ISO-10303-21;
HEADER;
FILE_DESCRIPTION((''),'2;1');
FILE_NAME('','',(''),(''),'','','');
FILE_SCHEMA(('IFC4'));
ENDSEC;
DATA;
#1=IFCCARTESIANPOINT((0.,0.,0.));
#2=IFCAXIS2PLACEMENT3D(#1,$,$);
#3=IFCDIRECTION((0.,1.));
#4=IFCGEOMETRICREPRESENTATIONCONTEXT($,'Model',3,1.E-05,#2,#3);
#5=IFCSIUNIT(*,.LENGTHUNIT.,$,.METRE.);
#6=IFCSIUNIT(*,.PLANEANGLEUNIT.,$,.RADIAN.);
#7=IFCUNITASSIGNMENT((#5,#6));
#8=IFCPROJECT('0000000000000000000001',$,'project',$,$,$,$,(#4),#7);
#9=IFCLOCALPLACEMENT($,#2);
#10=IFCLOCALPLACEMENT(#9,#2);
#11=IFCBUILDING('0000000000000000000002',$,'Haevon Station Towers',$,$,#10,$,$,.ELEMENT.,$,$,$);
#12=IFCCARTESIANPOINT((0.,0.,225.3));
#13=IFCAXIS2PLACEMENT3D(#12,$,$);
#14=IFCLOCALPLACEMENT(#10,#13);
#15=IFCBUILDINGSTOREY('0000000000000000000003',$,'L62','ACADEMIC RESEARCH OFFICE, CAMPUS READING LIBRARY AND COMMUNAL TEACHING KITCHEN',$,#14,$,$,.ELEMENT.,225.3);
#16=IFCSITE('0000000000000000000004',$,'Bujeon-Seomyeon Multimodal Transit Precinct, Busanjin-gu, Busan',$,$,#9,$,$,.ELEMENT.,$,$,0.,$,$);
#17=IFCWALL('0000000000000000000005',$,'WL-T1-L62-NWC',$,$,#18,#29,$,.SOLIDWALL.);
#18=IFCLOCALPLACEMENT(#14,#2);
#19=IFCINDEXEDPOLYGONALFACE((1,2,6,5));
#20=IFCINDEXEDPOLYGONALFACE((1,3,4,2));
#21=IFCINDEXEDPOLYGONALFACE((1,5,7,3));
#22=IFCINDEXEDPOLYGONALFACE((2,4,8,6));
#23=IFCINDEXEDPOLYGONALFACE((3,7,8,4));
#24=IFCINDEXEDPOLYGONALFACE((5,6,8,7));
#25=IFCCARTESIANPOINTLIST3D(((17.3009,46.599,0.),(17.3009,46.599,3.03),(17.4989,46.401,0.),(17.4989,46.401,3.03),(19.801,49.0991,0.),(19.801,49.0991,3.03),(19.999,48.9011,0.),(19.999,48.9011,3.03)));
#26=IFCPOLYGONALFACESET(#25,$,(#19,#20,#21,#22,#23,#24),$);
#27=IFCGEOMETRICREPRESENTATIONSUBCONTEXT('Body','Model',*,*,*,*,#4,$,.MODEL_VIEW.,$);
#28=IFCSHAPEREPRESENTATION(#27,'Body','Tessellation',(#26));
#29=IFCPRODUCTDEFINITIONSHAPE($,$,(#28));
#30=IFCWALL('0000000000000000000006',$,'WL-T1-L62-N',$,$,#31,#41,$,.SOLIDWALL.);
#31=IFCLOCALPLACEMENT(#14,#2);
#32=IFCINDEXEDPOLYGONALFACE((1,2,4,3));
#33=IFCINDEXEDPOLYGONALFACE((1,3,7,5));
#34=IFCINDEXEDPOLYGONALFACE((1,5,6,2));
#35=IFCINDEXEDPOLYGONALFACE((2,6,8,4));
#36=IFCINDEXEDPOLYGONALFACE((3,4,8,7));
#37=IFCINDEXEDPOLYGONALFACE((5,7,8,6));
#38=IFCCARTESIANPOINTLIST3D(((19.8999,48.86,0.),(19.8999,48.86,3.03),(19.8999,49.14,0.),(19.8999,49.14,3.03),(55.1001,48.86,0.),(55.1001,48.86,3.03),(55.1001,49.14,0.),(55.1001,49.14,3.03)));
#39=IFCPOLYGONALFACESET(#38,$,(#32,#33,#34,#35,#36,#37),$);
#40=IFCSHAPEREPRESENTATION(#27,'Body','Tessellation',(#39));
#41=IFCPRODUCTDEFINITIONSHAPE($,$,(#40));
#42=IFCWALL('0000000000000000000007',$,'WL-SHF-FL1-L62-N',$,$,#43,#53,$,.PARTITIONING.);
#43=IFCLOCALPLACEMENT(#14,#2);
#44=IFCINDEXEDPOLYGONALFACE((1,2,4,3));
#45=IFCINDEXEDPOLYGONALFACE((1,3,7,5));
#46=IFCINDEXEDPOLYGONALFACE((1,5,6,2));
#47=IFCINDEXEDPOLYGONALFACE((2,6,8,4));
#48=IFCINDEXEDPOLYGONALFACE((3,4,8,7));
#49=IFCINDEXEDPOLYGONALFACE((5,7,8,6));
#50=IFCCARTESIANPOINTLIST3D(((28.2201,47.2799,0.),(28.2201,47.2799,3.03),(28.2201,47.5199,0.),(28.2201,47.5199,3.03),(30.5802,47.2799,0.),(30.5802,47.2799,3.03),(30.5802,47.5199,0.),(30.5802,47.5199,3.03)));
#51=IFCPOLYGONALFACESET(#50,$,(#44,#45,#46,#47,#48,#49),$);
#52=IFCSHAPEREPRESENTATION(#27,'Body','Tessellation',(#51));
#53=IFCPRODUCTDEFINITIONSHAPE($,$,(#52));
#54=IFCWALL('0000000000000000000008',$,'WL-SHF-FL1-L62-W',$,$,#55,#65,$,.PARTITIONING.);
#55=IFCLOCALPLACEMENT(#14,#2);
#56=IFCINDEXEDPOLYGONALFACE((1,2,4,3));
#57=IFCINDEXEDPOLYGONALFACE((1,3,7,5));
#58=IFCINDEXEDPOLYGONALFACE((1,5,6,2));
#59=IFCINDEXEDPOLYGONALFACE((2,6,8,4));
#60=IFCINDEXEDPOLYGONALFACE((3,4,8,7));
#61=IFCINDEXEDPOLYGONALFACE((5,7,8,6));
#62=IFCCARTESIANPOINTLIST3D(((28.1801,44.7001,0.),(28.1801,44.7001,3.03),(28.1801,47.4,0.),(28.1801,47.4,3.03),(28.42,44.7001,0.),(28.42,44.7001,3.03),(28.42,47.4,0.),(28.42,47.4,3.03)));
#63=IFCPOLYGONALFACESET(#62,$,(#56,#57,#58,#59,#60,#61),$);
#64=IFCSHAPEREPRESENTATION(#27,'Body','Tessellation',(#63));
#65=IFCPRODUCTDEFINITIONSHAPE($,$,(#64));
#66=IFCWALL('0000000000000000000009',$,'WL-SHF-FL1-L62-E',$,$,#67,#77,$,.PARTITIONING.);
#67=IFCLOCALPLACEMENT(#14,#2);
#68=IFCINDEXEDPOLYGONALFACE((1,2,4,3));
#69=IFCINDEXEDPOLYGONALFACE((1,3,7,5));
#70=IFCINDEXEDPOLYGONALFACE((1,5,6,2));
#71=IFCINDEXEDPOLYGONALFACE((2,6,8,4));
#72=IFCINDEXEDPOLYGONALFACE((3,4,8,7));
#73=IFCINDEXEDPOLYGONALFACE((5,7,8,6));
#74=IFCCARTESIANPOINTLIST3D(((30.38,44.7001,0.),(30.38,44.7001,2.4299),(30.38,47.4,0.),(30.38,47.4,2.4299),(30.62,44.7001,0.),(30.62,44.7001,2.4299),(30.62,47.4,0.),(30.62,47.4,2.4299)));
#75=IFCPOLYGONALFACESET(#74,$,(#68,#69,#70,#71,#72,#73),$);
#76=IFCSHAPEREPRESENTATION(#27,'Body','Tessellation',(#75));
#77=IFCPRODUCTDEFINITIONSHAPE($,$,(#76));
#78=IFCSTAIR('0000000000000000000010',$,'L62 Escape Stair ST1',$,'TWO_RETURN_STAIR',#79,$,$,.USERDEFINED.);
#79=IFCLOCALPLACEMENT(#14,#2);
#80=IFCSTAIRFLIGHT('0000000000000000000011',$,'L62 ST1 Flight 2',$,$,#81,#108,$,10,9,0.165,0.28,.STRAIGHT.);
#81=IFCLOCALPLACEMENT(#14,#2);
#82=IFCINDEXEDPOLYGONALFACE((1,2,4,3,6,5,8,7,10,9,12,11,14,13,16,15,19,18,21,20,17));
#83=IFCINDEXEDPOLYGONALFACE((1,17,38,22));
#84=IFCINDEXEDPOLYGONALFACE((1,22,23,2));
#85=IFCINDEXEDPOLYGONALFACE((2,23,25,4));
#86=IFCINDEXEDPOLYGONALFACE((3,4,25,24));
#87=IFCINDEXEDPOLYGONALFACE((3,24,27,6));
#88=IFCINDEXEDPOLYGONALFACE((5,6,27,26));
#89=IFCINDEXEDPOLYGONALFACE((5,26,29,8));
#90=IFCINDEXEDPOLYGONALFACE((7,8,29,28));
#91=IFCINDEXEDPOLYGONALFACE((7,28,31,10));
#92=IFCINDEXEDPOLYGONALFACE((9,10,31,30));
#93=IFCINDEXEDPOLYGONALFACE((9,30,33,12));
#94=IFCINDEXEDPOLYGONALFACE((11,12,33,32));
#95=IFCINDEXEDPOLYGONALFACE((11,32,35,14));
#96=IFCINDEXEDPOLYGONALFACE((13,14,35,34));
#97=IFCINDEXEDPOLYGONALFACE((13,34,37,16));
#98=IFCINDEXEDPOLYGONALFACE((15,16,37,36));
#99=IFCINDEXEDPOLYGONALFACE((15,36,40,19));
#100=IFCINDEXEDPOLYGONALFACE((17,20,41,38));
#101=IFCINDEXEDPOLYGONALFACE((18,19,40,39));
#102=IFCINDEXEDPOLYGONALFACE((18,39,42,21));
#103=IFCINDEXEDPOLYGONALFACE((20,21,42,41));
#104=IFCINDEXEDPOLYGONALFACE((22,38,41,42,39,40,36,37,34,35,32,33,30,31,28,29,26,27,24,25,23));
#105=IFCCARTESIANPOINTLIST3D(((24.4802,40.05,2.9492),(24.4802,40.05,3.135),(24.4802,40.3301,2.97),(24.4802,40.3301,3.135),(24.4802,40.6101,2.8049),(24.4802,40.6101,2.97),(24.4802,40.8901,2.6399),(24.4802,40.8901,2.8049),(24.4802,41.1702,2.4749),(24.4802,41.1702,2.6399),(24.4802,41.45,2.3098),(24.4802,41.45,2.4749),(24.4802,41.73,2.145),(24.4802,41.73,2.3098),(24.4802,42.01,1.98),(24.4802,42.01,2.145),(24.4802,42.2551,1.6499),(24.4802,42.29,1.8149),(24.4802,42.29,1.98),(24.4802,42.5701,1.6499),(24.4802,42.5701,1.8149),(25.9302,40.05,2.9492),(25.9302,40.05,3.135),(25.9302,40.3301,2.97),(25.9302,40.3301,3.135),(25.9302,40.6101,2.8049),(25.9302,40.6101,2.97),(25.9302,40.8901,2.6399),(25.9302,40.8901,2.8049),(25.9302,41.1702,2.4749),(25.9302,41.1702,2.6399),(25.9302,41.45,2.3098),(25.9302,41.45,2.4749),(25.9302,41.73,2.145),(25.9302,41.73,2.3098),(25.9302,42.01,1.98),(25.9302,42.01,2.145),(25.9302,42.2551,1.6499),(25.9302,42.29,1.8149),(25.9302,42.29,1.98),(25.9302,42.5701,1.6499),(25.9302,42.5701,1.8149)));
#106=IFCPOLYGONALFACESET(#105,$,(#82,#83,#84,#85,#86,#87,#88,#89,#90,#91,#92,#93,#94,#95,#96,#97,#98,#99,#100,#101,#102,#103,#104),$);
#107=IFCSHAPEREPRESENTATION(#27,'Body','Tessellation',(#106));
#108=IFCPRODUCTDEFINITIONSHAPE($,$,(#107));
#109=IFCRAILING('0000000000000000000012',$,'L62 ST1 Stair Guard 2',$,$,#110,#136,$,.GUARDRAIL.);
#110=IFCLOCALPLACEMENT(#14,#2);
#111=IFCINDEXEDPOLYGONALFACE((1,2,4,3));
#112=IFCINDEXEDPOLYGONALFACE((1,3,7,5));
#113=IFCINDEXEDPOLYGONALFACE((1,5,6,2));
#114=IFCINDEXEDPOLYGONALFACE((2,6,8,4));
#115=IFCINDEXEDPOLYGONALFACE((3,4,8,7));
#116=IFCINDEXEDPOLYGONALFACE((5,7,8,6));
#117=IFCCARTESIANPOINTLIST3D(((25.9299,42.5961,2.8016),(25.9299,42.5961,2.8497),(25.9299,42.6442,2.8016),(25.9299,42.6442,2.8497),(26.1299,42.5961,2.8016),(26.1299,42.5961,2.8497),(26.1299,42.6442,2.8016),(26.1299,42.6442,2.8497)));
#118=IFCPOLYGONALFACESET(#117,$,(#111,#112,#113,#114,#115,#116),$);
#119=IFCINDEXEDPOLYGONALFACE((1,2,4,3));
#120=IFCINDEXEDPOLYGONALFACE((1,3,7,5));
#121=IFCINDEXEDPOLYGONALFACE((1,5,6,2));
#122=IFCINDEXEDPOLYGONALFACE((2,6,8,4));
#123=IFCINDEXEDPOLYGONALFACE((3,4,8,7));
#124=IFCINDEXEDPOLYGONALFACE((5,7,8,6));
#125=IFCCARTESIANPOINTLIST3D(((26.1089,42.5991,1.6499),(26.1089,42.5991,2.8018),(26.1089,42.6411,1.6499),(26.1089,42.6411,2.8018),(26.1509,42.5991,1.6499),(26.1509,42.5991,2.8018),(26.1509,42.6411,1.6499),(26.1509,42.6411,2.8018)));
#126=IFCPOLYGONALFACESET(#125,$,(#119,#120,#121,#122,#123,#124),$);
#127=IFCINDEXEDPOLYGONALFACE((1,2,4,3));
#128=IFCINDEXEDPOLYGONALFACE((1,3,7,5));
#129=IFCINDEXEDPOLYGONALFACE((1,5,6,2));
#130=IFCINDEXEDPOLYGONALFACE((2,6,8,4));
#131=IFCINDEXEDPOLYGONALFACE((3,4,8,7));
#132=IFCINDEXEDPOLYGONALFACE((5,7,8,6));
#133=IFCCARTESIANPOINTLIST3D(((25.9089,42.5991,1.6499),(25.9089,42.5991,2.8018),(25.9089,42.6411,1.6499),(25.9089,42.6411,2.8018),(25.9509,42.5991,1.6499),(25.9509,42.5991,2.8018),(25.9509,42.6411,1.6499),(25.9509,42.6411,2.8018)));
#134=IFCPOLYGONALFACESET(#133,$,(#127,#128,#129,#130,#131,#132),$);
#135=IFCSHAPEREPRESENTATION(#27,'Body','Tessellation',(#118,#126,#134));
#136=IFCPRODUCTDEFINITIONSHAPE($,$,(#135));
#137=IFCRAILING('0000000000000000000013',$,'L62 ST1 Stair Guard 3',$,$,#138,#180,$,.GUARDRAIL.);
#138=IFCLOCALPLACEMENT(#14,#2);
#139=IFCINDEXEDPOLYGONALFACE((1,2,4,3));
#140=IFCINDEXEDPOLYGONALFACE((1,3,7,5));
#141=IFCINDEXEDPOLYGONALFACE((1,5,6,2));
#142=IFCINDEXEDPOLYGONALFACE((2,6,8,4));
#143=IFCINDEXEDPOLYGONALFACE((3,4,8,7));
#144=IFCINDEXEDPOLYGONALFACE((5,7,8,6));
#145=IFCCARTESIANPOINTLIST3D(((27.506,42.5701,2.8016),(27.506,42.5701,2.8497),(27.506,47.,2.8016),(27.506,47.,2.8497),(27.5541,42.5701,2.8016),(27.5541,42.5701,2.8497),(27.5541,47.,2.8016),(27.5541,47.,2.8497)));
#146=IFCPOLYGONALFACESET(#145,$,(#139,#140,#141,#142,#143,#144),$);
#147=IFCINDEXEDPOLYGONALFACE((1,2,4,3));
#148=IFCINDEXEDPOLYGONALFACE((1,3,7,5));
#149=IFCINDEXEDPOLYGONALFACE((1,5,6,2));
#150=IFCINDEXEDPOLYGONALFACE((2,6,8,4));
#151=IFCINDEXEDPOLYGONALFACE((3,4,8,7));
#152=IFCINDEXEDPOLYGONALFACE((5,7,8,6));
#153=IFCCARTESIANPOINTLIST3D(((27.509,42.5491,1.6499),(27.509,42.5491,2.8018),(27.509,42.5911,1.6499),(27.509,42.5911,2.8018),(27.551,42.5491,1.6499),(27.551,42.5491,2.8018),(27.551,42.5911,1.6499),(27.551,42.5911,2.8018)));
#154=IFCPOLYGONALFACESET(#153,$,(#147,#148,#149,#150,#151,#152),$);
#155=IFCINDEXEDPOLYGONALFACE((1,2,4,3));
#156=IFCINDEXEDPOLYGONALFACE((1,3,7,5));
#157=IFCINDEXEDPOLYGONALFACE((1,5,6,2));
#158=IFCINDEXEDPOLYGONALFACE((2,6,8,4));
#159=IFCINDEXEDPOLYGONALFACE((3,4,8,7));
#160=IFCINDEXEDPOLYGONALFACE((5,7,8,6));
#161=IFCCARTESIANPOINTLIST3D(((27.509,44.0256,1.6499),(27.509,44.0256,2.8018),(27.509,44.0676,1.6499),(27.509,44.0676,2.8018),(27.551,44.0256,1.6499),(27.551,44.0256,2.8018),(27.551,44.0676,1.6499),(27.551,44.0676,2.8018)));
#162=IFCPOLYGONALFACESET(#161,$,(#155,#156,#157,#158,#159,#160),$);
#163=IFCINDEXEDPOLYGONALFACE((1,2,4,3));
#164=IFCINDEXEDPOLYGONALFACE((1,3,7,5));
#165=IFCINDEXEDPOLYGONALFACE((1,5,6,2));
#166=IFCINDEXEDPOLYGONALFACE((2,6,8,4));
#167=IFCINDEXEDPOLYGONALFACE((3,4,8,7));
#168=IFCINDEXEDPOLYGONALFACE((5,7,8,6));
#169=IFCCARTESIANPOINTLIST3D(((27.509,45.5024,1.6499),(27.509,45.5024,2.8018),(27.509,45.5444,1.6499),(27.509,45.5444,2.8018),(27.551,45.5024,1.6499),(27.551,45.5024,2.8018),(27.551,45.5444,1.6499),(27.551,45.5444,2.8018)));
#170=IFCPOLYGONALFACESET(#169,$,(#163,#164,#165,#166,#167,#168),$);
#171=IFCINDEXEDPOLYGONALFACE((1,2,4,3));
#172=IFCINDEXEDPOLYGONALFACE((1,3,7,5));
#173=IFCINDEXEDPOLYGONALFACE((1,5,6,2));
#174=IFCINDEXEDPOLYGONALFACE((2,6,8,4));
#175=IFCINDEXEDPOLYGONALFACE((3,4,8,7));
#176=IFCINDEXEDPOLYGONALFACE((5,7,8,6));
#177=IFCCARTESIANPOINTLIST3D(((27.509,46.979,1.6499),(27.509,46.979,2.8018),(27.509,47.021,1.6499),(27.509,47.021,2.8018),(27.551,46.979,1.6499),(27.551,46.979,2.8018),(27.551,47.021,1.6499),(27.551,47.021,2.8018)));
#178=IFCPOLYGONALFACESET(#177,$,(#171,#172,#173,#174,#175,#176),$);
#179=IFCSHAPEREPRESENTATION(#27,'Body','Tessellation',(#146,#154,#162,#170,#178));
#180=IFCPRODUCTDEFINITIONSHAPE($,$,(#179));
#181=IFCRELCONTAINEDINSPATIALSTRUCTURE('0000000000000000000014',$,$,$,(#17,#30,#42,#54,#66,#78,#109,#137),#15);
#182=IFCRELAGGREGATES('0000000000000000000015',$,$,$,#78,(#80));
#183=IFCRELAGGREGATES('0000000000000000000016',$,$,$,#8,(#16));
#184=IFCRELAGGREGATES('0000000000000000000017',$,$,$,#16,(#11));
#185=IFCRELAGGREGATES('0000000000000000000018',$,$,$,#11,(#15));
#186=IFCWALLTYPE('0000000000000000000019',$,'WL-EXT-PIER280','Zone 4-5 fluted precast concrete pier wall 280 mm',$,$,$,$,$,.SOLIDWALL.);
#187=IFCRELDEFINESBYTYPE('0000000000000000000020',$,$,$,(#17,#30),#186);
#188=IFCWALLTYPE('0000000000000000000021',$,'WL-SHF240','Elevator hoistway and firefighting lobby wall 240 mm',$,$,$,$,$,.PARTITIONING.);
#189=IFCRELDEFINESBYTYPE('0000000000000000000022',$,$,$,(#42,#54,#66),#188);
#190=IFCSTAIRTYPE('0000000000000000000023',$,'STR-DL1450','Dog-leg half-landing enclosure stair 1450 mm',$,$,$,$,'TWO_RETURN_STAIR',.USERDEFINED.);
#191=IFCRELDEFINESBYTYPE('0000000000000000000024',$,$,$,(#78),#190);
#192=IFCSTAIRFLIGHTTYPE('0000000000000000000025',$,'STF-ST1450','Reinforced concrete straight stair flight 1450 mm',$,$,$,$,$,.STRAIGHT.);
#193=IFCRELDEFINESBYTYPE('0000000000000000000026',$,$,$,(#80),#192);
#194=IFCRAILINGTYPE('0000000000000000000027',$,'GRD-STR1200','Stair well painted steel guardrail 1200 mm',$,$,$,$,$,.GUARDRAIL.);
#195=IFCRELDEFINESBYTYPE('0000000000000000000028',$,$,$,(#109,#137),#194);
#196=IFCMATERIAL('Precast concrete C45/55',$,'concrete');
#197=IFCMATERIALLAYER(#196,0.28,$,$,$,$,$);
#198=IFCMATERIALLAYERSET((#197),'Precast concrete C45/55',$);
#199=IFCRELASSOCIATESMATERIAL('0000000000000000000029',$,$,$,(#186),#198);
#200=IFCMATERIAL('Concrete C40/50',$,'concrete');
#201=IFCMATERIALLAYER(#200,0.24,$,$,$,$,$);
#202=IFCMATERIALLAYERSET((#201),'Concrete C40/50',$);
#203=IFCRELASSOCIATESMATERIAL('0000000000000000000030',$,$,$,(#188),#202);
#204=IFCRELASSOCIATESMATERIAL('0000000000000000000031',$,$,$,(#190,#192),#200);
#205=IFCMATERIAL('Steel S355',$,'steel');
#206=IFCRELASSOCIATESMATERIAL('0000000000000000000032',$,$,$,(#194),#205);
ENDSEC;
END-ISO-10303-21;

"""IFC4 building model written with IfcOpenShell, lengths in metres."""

from ifc_helpers import new_model, si_unit, direction, frame, frame_2d, origin, origin_2d, place, context, subcontext, project, spatial, polyline, rectangle, outline, extrude, material, layer, layer_set, type_object, element, aggregate, save


model = new_model("IFC4")

# Units and contexts
model_context = context("Model", 3, precision=1e-05, world=origin(), true_north=direction((0.0, 1.0)))
body_context = subcontext(model_context, "Body", "Model", "MODEL_VIEW")
ifc_project = project(units=[si_unit("LENGTHUNIT", "METRE"), si_unit("PLANEANGLEUNIT", "RADIAN")], contexts=[model_context])

# Site, building, storey
site_placement = place(None, origin())
site = spatial("IfcSite", under=ifc_project, at=site_placement, Name="Bujeon-Seomyeon Multimodal Transit Precinct, Busanjin-gu, Busan", CompositionType="ELEMENT", RefElevation=0.0)
building_placement = place(site_placement, origin())
building = spatial("IfcBuilding", under=site, at=building_placement, Name="Haevon Station Towers", CompositionType="ELEMENT")
storey_placement = place(building_placement, frame((0.0, 0.0, 225.3)))
storey = spatial("IfcBuildingStorey", under=building, at=storey_placement, Name="L62", Description="ACADEMIC RESEARCH OFFICE, CAMPUS READING LIBRARY AND COMMUNAL TEACHING KITCHEN", CompositionType="ELEMENT", Elevation=225.3)

# Shared definitions
ifc_material_1 = material(Name="Steel S355", Category="steel")

# Walls
ifc_material_2 = material(Name="Precast concrete C45/55", Category="concrete")
ifc_layer_1 = layer(ifc_material_2, 0.28)
ifc_layer_set_1 = layer_set([ifc_layer_1], Name="Precast concrete C45/55")
wall_type_1 = type_object("IfcWallType", Name="WL-EXT-PIER280", Description="Zone 4-5 fluted precast concrete pier wall 280 mm", PredefinedType="SOLIDWALL", material=ifc_layer_set_1)
wall_1_placement = place(storey_placement, frame((17.3999, 46.5, 0.0), z_axis=(0.0, 0.0, 1.0), x_axis=(0.707107, 0.707107, 0.0)))
element("IfcWall", 1, at=wall_1_placement, inside=storey, type_object=wall_type_1, Name="WL-T1-L62-NWC", PredefinedType="SOLIDWALL", context=body_context, shape_type="SweptSolid", body=[
    extrude(rectangle(XDim=3.5356, YDim=0.28, at=frame_2d((1.7678, 0.0))), origin(), (0.0, 0.0, 1.0), 3.03),
])
wall_2_placement = place(storey_placement, frame((19.8999, 49.0, 0.0), z_axis=(0.0, 0.0, 1.0), x_axis=(1.0, 0.0, 0.0)))
element("IfcWall", 2, at=wall_2_placement, inside=storey, type_object=wall_type_1, Name="WL-T1-L62-N", PredefinedType="SOLIDWALL", context=body_context, shape_type="SweptSolid", body=[
    extrude(rectangle(XDim=35.2002, YDim=0.28, at=frame_2d((17.6001, 0.0))), origin(), (0.0, 0.0, 1.0), 3.03),
])

# Shared definitions
ifc_material_3 = material(Name="Concrete C40/50", Category="concrete")
ifc_layer_2 = layer(ifc_material_3, 0.24)
ifc_layer_set_2 = layer_set([ifc_layer_2], Name="Concrete C40/50")
wall_type_2 = type_object("IfcWallType", Name="WL-SHF240", Description="Elevator hoistway and firefighting lobby wall 240 mm", PredefinedType="PARTITIONING", material=ifc_layer_set_2)

# Walls
wall_3_placement = place(storey_placement, frame((28.22, 47.3999, 0.0), z_axis=(0.0, 0.0, 1.0), x_axis=(1.0, 0.0, 0.0)))
element("IfcWall", 3, at=wall_3_placement, inside=storey, type_object=wall_type_2, Name="WL-SHF-FL1-L62-N", PredefinedType="PARTITIONING", context=body_context, shape_type="SweptSolid", body=[
    extrude(rectangle(XDim=2.3601, YDim=0.24, at=frame_2d((1.1802, 0.0))), origin(), (0.0, 0.0, 1.0), 3.03),
])
wall_4_placement = place(storey_placement, frame((28.3, 44.7, 0.0), z_axis=(0.0, 0.0, 1.0), x_axis=(0.0, 1.0, 0.0)))
element("IfcWall", 4, at=wall_4_placement, inside=storey, type_object=wall_type_2, Name="WL-SHF-FL1-L62-W", PredefinedType="PARTITIONING", context=body_context, shape_type="SweptSolid", body=[
    extrude(rectangle(XDim=2.7, YDim=0.24, at=frame_2d((1.3501, 0.0))), origin(), (0.0, 0.0, 1.0), 3.03),
])
wall_5_placement = place(storey_placement, frame((30.5, 44.7, 0.0), z_axis=(0.0, 0.0, 1.0), x_axis=(0.0, 1.0, 0.0)))
element("IfcWall", 5, at=wall_5_placement, inside=storey, type_object=wall_type_2, Name="WL-SHF-FL1-L62-E", PredefinedType="PARTITIONING", context=body_context, shape_type="SweptSolid", body=[
    extrude(rectangle(XDim=2.7, YDim=0.24, at=frame_2d((1.3501, 0.0))), origin(), (0.0, 0.0, 1.0), 2.4299),
])

# Stair, stair flight
stair_type = type_object("IfcStairType", Name="STR-DL1450", Description="Dog-leg half-landing enclosure stair 1450 mm", ElementType="TWO_RETURN_STAIR", PredefinedType="USERDEFINED", material=ifc_material_3)
stair_placement = place(storey_placement, origin())
stair = element("IfcStair", 6, at=stair_placement, inside=storey, type_object=stair_type, Name="L62 Escape Stair ST1", ObjectType="TWO_RETURN_STAIR", PredefinedType="USERDEFINED")
stair_flight_type = type_object("IfcStairFlightType", Name="STF-ST1450", Description="Reinforced concrete straight stair flight 1450 mm", PredefinedType="STRAIGHT", material=ifc_material_3)
stair_flight_placement = place(storey_placement, frame((25.2051, 42.5701, 1.6499), z_axis=(0.0, 0.0, 1.0), x_axis=(0.0, -1.0, 0.0)))
stair_flight = element("IfcStairFlight", 7, at=stair_flight_placement, type_object=stair_flight_type, Name="L62 ST1 Flight 2", NumberOfRisers=10, NumberOfTreads=9, PredefinedType="STRAIGHT", RiserHeight=0.165, TreadLength=0.28, context=body_context, shape_type="SweptSolid", body=[
    extrude(outline(polyline([(0.0, 0.0), (0.0, 0.165), (0.28, 0.165), (0.28, 0.3301), (0.5601, 0.3301), (0.5601, 0.4951), (0.8401, 0.4951), (0.8401, 0.6599), (1.1201, 0.6599), (1.1201, 0.825), (1.3999, 0.825), (1.3999, 0.99), (1.6799, 0.99), (1.6799, 1.155), (1.96, 1.155), (1.96, 1.3201), (2.24, 1.3201), (2.24, 1.4851), (2.52, 1.4851), (2.52, 1.6499), (2.52, 1.2993), (0.3149, 0.0), (0.0, 0.0)])), frame((0.0, 0.7251, 0.0), z_axis=(0.0, -1.0, 0.0), x_axis=(1.0, 0.0, 0.0)), (0.0, 0.0, 1.0), 1.45),
])
aggregate(stair, [stair_flight])

# Railings
railing_type_1 = type_object("IfcRailingType", Name="GRD-STR1200", Description="Stair well painted steel guardrail 1200 mm", PredefinedType="GUARDRAIL", material=ifc_material_1)
railing_1_placement = place(storey_placement, frame((26.1299, 42.6201, 1.6499)))
element("IfcRailing", 8, at=railing_1_placement, inside=storey, type_object=railing_type_1, Name="L62 ST1 Stair Guard 2", PredefinedType="GUARDRAIL", context=body_context, shape_type="SweptSolid", body=[
    extrude(rectangle(XDim=0.0481, YDim=0.0481, at=origin_2d()), frame((0.0, 0.0, 1.1758), z_axis=(-1.0, 0.0, 0.0), x_axis=(0.0, -1.0, 0.0)), (0.0, 0.0, 1.0), 0.2),
    extrude(rectangle(XDim=0.042, YDim=0.042, at=origin_2d()), origin(), (0.0, 0.0, 1.0), 1.1519),
    extrude(rectangle(XDim=0.042, YDim=0.042, at=origin_2d()), frame((-0.2, 0.0, 0.0)), (0.0, 0.0, 1.0), 1.1519),
])
railing_2_placement = place(storey_placement, frame((27.53, 42.5701, 1.6499)))
element("IfcRailing", 9, at=railing_2_placement, inside=storey, type_object=railing_type_1, Name="L62 ST1 Stair Guard 3", PredefinedType="GUARDRAIL", context=body_context, shape_type="SweptSolid", body=[
    extrude(rectangle(XDim=0.0481, YDim=0.0481, at=origin_2d()), frame((0.0, 0.0, 1.1758), z_axis=(0.0, 1.0, 0.0), x_axis=(-1.0, 0.0, 0.0)), (0.0, 0.0, 1.0), 4.4299),
    extrude(rectangle(XDim=0.042, YDim=0.042, at=origin_2d()), origin(), (0.0, 0.0, 1.0), 1.1519),
    extrude(rectangle(XDim=0.042, YDim=0.042, at=origin_2d()), frame((0.0, 1.4766, 0.0)), (0.0, 0.0, 1.0), 1.1519),
    extrude(rectangle(XDim=0.042, YDim=0.042, at=origin_2d()), frame((0.0, 2.9534, 0.0)), (0.0, 0.0, 1.0), 1.1519),
    extrude(rectangle(XDim=0.042, YDim=0.042, at=origin_2d()), frame((0.0, 4.4299, 0.0)), (0.0, 0.0, 1.0), 1.1519),
])

save(model, "model.ifc")
